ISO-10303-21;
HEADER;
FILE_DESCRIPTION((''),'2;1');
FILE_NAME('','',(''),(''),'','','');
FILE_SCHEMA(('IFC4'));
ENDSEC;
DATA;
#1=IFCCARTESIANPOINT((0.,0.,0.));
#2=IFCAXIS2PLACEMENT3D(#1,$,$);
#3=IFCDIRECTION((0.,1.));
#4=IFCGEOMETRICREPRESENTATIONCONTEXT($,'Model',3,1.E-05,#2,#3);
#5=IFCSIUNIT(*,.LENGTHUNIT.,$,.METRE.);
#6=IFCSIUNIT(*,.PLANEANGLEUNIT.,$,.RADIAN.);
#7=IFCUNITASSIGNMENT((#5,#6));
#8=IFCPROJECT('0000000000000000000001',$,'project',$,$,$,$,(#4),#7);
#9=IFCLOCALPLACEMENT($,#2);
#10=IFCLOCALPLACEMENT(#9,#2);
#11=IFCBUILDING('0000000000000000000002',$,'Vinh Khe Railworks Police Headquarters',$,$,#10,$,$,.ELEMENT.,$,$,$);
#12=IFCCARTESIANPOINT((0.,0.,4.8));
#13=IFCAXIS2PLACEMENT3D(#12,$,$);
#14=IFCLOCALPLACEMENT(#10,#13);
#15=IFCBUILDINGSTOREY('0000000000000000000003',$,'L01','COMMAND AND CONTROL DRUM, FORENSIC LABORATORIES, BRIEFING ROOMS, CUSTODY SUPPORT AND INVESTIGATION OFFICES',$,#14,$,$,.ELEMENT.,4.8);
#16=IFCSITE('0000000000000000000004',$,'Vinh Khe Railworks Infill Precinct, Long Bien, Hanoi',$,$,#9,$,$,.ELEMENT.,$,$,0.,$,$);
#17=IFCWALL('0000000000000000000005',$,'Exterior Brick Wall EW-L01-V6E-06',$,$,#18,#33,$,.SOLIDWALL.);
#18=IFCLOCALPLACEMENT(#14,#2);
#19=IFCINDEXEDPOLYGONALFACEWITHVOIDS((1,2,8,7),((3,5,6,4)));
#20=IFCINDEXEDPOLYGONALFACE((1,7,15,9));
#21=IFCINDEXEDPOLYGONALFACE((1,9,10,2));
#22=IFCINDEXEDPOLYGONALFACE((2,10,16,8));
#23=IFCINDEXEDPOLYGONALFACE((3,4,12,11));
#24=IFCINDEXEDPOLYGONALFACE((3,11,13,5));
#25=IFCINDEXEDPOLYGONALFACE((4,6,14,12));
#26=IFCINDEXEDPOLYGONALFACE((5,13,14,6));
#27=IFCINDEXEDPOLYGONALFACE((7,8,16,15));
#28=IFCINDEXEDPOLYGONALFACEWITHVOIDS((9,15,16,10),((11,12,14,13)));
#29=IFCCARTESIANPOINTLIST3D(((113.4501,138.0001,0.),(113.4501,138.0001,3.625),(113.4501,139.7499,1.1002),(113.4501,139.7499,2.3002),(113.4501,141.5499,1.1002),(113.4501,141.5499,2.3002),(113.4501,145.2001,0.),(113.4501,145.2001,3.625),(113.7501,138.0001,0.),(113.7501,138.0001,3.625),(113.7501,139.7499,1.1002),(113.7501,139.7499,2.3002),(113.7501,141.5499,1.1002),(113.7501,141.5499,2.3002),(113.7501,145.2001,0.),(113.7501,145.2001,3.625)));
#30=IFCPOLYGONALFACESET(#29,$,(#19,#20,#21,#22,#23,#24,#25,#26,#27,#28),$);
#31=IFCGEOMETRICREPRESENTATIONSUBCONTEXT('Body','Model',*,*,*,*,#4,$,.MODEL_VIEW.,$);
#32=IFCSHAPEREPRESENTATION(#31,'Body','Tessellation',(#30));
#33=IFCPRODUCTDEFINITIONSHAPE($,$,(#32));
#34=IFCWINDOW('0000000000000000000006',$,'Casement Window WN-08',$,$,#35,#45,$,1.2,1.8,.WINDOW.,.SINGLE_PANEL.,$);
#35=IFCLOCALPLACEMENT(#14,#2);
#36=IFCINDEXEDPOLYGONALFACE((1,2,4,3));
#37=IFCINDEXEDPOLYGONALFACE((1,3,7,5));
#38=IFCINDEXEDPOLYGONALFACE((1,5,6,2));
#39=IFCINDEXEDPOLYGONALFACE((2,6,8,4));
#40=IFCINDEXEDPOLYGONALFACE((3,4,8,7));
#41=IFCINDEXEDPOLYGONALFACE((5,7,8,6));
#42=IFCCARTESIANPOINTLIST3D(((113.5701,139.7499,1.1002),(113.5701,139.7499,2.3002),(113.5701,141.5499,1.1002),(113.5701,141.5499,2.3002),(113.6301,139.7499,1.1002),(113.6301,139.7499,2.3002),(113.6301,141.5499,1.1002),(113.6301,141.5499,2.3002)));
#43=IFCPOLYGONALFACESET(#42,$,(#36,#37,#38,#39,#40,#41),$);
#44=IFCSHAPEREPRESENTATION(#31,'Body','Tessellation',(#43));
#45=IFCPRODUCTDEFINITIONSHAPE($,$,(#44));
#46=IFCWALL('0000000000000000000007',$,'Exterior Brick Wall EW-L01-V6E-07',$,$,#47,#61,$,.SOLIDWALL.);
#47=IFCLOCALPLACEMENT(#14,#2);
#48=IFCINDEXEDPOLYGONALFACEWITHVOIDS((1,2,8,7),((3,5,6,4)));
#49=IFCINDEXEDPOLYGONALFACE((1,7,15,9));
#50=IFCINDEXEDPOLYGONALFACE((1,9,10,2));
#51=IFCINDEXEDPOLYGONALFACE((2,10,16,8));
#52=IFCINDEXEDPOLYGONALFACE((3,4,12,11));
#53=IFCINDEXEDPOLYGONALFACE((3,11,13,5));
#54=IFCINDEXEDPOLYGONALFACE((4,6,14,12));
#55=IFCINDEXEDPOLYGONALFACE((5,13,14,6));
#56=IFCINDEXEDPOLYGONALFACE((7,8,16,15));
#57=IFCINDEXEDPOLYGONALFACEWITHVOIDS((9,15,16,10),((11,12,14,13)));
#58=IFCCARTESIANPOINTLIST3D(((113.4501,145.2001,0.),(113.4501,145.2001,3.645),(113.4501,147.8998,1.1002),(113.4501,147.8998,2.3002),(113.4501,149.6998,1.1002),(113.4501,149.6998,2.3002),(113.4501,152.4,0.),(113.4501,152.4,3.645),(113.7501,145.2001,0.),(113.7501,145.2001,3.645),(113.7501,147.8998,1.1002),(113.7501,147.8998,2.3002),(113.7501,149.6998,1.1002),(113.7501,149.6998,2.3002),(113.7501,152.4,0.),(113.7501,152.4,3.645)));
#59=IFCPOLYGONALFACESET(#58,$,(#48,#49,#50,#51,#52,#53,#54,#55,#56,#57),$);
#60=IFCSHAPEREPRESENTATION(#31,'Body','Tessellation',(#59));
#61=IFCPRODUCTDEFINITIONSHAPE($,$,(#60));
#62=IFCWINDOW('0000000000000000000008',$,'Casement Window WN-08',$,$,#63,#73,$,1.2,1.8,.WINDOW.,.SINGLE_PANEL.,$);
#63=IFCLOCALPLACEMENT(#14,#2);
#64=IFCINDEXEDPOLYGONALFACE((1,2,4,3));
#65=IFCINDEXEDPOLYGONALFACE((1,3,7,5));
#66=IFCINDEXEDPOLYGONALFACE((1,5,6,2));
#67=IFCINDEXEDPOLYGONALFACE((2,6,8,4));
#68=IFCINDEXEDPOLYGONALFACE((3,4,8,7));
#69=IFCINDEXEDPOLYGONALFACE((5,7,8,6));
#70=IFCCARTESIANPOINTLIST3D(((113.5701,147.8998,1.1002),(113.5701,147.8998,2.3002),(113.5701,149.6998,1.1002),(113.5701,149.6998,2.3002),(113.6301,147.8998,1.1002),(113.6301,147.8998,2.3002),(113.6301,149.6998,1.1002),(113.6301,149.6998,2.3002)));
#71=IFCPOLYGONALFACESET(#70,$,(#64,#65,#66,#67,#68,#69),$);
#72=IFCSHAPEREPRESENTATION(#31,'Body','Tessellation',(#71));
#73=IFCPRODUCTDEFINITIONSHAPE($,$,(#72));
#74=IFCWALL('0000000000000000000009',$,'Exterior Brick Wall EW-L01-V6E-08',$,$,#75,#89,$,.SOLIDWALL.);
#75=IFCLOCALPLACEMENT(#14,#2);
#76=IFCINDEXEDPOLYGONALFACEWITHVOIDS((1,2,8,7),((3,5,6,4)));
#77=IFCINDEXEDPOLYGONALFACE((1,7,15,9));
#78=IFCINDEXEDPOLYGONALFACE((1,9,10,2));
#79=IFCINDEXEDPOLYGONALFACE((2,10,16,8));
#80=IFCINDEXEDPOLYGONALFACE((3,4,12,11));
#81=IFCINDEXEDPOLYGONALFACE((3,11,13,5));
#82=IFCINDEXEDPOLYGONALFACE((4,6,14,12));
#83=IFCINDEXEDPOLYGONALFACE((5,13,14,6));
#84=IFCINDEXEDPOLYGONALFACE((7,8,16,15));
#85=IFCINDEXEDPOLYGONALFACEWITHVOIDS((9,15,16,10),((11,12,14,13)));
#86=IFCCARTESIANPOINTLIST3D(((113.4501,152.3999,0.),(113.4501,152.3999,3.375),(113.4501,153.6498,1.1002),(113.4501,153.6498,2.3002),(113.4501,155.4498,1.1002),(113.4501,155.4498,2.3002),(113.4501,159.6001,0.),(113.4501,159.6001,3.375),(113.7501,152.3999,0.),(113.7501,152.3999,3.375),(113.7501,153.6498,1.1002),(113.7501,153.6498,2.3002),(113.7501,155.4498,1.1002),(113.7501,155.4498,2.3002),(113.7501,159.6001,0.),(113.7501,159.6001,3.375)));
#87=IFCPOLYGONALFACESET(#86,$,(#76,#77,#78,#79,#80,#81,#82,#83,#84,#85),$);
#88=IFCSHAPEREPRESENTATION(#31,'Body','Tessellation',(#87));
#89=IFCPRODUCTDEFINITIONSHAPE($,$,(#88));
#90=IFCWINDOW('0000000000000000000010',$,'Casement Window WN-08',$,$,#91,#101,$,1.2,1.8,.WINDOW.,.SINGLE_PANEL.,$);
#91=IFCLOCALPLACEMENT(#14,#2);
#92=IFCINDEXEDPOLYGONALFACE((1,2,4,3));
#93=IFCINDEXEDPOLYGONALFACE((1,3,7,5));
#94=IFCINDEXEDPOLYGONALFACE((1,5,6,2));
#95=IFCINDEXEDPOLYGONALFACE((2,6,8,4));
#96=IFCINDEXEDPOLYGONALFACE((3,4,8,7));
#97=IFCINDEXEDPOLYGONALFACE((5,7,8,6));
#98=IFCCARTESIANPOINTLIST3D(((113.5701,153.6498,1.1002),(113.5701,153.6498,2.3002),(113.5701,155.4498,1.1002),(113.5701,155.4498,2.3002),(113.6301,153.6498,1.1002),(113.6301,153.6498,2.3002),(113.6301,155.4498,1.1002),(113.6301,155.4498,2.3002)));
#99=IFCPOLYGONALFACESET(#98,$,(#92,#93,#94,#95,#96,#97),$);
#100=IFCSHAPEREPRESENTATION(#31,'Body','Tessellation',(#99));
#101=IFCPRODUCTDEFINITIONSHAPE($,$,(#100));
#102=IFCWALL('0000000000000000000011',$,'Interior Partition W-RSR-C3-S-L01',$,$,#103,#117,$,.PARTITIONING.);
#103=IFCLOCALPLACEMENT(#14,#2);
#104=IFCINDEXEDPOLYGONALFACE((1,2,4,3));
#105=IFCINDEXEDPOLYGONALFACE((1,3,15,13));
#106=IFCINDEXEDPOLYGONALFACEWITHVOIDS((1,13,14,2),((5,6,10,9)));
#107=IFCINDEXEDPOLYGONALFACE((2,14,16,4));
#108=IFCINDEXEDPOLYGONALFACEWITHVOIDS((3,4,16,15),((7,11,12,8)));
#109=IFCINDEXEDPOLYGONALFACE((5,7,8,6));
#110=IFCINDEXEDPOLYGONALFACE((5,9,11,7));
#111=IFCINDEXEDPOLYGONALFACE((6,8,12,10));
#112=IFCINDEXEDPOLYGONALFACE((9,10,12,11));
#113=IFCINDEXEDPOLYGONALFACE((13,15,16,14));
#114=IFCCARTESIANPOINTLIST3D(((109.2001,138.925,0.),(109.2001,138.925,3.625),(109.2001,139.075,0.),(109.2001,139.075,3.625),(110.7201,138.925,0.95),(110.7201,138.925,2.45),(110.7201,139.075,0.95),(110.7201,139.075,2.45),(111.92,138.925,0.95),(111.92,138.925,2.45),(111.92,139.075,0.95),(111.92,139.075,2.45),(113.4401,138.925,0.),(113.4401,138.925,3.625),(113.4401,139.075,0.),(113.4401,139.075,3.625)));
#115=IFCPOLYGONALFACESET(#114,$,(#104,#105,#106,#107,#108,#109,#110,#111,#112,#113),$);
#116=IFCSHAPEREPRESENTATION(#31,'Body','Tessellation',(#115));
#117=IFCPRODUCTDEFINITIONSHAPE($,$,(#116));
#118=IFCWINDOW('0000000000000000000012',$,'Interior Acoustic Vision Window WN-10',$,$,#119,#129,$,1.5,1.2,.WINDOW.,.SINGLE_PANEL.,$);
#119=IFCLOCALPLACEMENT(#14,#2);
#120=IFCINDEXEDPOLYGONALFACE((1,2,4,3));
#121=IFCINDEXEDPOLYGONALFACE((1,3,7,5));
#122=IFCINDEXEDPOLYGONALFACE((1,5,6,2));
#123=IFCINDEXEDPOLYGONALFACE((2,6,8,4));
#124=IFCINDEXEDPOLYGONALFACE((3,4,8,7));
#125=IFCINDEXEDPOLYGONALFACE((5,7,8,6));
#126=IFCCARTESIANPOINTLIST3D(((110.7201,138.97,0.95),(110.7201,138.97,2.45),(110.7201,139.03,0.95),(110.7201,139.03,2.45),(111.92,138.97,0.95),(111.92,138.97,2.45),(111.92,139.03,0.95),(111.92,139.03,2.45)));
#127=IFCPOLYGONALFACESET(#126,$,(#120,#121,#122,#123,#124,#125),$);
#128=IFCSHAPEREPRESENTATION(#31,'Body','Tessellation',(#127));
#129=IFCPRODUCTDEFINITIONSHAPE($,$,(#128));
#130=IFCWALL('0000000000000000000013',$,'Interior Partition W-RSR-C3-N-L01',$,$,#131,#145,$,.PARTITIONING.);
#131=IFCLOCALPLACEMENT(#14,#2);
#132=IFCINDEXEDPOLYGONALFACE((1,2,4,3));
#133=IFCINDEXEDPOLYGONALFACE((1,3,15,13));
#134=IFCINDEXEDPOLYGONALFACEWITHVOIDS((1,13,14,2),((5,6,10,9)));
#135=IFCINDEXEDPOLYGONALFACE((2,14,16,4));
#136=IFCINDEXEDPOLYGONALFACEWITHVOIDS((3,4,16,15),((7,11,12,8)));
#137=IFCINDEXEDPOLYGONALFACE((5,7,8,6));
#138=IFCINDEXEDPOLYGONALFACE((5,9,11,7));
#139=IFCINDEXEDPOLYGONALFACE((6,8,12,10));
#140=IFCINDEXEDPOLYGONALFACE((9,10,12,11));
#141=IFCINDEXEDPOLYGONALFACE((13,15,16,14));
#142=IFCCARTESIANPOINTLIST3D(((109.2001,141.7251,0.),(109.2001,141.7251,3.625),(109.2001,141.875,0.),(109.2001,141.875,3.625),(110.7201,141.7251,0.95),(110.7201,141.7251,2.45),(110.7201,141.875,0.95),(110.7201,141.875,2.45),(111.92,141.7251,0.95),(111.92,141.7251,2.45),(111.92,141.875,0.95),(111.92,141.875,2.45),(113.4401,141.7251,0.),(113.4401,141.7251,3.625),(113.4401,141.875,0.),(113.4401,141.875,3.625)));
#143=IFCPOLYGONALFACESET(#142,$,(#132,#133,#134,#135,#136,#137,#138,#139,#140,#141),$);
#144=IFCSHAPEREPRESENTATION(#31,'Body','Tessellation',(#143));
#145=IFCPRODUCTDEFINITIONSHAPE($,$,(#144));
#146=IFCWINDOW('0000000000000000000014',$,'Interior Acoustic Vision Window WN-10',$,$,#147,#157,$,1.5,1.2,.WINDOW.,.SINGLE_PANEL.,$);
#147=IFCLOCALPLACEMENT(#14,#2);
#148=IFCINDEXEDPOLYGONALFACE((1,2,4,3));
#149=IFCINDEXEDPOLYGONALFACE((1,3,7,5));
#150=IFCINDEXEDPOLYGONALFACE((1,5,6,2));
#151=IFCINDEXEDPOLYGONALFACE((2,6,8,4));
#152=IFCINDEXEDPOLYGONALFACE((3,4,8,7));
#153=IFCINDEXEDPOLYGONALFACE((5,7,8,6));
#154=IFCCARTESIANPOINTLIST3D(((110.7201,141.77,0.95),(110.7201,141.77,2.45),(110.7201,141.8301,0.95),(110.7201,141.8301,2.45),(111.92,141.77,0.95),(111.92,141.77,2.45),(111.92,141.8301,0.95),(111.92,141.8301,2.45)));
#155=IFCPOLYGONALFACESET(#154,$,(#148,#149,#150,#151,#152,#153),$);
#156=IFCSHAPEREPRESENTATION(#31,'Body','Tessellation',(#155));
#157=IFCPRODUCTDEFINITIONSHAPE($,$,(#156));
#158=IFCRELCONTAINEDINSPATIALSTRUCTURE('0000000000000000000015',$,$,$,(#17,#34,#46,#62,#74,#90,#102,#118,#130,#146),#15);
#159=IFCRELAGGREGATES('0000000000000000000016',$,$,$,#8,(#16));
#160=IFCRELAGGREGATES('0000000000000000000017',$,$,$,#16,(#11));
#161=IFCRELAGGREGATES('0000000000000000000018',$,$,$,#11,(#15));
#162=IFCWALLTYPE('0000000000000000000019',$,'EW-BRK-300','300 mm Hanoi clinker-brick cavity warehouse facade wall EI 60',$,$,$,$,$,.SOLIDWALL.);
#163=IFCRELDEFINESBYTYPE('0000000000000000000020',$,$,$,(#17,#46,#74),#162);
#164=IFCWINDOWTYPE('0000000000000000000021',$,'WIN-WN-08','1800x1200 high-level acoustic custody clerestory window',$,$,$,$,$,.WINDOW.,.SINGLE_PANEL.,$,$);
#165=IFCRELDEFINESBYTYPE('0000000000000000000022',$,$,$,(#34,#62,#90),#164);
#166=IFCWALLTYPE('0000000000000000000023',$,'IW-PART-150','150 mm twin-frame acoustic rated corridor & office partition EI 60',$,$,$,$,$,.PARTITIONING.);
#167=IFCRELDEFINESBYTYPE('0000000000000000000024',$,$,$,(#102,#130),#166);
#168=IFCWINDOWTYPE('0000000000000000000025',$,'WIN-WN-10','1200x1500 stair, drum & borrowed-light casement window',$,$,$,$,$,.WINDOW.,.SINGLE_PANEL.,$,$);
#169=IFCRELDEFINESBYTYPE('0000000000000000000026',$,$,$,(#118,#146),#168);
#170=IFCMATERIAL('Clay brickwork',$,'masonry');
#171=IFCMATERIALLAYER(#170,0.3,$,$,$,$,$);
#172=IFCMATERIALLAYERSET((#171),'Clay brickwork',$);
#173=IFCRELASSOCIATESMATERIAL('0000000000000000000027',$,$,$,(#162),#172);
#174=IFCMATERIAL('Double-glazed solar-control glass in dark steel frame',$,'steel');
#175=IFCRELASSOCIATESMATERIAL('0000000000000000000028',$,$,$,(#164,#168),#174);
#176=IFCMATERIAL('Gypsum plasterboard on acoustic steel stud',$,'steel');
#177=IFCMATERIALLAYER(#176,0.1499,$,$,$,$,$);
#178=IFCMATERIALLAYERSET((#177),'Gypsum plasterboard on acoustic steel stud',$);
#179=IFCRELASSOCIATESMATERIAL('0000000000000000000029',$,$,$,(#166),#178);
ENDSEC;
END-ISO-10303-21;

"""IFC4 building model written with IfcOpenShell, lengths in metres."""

from ifc_helpers import new_model, si_unit, direction, frame, frame_2d, origin, place, context, subcontext, project, spatial, rectangle, extrude, material, layer, layer_set, type_object, element, fill, save


model = new_model("IFC4")

# Units and contexts
model_context = context("Model", 3, precision=1e-05, world=origin(), true_north=direction((0.0, 1.0)))
body_context = subcontext(model_context, "Body", "Model", "MODEL_VIEW")
ifc_project = project(units=[si_unit("LENGTHUNIT", "METRE"), si_unit("PLANEANGLEUNIT", "RADIAN")], contexts=[model_context])

# Site, building, storey
site_placement = place(None, origin())
site = spatial("IfcSite", under=ifc_project, at=site_placement, Name="Vinh Khe Railworks Infill Precinct, Long Bien, Hanoi", CompositionType="ELEMENT", RefElevation=0.0)
building_placement = place(site_placement, origin())
building = spatial("IfcBuilding", under=site, at=building_placement, Name="Vinh Khe Railworks Police Headquarters", CompositionType="ELEMENT")
storey_placement = place(building_placement, frame((0.0, 0.0, 4.8)))
storey = spatial("IfcBuildingStorey", under=building, at=storey_placement, Name="L01", Description="COMMAND AND CONTROL DRUM, FORENSIC LABORATORIES, BRIEFING ROOMS, CUSTODY SUPPORT AND INVESTIGATION OFFICES", CompositionType="ELEMENT", Elevation=4.8)

# Walls, openings, windows
ifc_material_1 = material(Name="Clay brickwork", Category="masonry")
ifc_layer_1 = layer(ifc_material_1, 0.3)
ifc_layer_set_1 = layer_set([ifc_layer_1], Name="Clay brickwork")
wall_type_1 = type_object("IfcWallType", Name="EW-BRK-300", Description="300 mm Hanoi clinker-brick cavity warehouse facade wall EI 60", PredefinedType="SOLIDWALL", material=ifc_layer_set_1)
wall_1_placement = place(storey_placement, frame((113.6001, 138.0, 0.0), z_axis=(0.0, 0.0, 1.0), x_axis=(0.0, 1.0, 0.0)))
wall_1 = element("IfcWall", 1, at=wall_1_placement, inside=storey, type_object=wall_type_1, Name="Exterior Brick Wall EW-L01-V6E-06", PredefinedType="SOLIDWALL", context=body_context, shape_type="SweptSolid", body=[
    extrude(rectangle(XDim=7.2, YDim=0.3, at=frame_2d((3.6001, 0.0))), origin(), (0.0, 0.0, 1.0), 3.625),
])
opening_1_placement = place(wall_1_placement, frame((1.75, 0.0, 1.1001)))
opening_1 = element("IfcOpeningElement", 2, at=opening_1_placement, cuts=wall_1, PredefinedType="OPENING", context=body_context, shape_type="SweptSolid", body=[
    extrude(rectangle(XDim=1.8, YDim=1.2, at=frame_2d((0.8999, 0.6001))), frame((0.0, 0.165, 0.0), z_axis=(0.0, -1.0, 0.0), x_axis=(1.0, 0.0, 0.0)), (0.0, 0.0, 1.0), 0.3298),
])
ifc_material_2 = material(Name="Double-glazed solar-control glass in dark steel frame", Category="steel")
window_type_1 = type_object("IfcWindowType", Name="WIN-WN-08", Description="1800x1200 high-level acoustic custody clerestory window", PartitioningType="SINGLE_PANEL", PredefinedType="WINDOW", material=ifc_material_2)
window_1_placement = place(opening_1_placement, origin())
window_1 = element("IfcWindow", 3, at=window_1_placement, inside=storey, type_object=window_type_1, Name="Casement Window WN-08", OverallHeight=1.2, OverallWidth=1.8, PartitioningType="SINGLE_PANEL", PredefinedType="WINDOW", context=body_context, shape_type="SweptSolid", body=[
    extrude(rectangle(XDim=1.8, YDim=1.2, at=frame_2d((0.8999, 0.6001))), frame((0.0, 0.03, 0.0), z_axis=(0.0, -1.0, 0.0), x_axis=(1.0, 0.0, 0.0)), (0.0, 0.0, 1.0), 0.0601),
])
fill(opening_1, window_1)
wall_2_placement = place(storey_placement, frame((113.6001, 145.2, 0.0), z_axis=(0.0, 0.0, 1.0), x_axis=(0.0, 1.0, 0.0)))
wall_2 = element("IfcWall", 4, at=wall_2_placement, inside=storey, type_object=wall_type_1, Name="Exterior Brick Wall EW-L01-V6E-07", PredefinedType="SOLIDWALL", context=body_context, shape_type="SweptSolid", body=[
    extrude(rectangle(XDim=7.2, YDim=0.3, at=frame_2d((3.6001, 0.0))), origin(), (0.0, 0.0, 1.0), 3.645),
])
opening_2_placement = place(wall_2_placement, frame((2.7, 0.0, 1.1001)))
opening_2 = element("IfcOpeningElement", 5, at=opening_2_placement, cuts=wall_2, PredefinedType="OPENING", context=body_context, shape_type="SweptSolid", body=[
    extrude(rectangle(XDim=1.8, YDim=1.2, at=frame_2d((0.8999, 0.6001))), frame((0.0, 0.165, 0.0), z_axis=(0.0, -1.0, 0.0), x_axis=(1.0, 0.0, 0.0)), (0.0, 0.0, 1.0), 0.3298),
])
window_2_placement = place(opening_2_placement, origin())
window_2 = element("IfcWindow", 6, at=window_2_placement, inside=storey, type_object=window_type_1, Name="Casement Window WN-08", OverallHeight=1.2, OverallWidth=1.8, PartitioningType="SINGLE_PANEL", PredefinedType="WINDOW", context=body_context, shape_type="SweptSolid", body=[
    extrude(rectangle(XDim=1.8, YDim=1.2, at=frame_2d((0.8999, 0.6001))), frame((0.0, 0.03, 0.0), z_axis=(0.0, -1.0, 0.0), x_axis=(1.0, 0.0, 0.0)), (0.0, 0.0, 1.0), 0.0601),
])
fill(opening_2, window_2)
wall_3_placement = place(storey_placement, frame((113.6001, 152.3999, 0.0), z_axis=(0.0, 0.0, 1.0), x_axis=(0.0, 1.0, 0.0)))
wall_3 = element("IfcWall", 7, at=wall_3_placement, inside=storey, type_object=wall_type_1, Name="Exterior Brick Wall EW-L01-V6E-08", PredefinedType="SOLIDWALL", context=body_context, shape_type="SweptSolid", body=[
    extrude(rectangle(XDim=7.2002, YDim=0.3, at=frame_2d((3.6001, 0.0))), origin(), (0.0, 0.0, 1.0), 3.375),
])
opening_3_placement = place(wall_3_placement, frame((1.25, 0.0, 1.1001)))
opening_3 = element("IfcOpeningElement", 8, at=opening_3_placement, cuts=wall_3, PredefinedType="OPENING", context=body_context, shape_type="SweptSolid", body=[
    extrude(rectangle(XDim=1.8, YDim=1.2, at=frame_2d((0.8999, 0.6001))), frame((0.0, 0.165, 0.0), z_axis=(0.0, -1.0, 0.0), x_axis=(1.0, 0.0, 0.0)), (0.0, 0.0, 1.0), 0.3298),
])
window_3_placement = place(opening_3_placement, origin())
window_3 = element("IfcWindow", 9, at=window_3_placement, inside=storey, type_object=window_type_1, Name="Casement Window WN-08", OverallHeight=1.2, OverallWidth=1.8, PartitioningType="SINGLE_PANEL", PredefinedType="WINDOW", context=body_context, shape_type="SweptSolid", body=[
    extrude(rectangle(XDim=1.8, YDim=1.2, at=frame_2d((0.8999, 0.6001))), frame((0.0, 0.03, 0.0), z_axis=(0.0, -1.0, 0.0), x_axis=(1.0, 0.0, 0.0)), (0.0, 0.0, 1.0), 0.0601),
])
fill(opening_3, window_3)
ifc_material_3 = material(Name="Gypsum plasterboard on acoustic steel stud", Category="steel")
ifc_layer_2 = layer(ifc_material_3, 0.1499)
ifc_layer_set_2 = layer_set([ifc_layer_2], Name="Gypsum plasterboard on acoustic steel stud")
wall_type_2 = type_object("IfcWallType", Name="IW-PART-150", Description="150 mm twin-frame acoustic rated corridor & office partition EI 60", PredefinedType="PARTITIONING", material=ifc_layer_set_2)
wall_4_placement = place(storey_placement, frame((109.2, 139.0, 0.0), z_axis=(0.0, 0.0, 1.0), x_axis=(1.0, 0.0, 0.0)))
wall_4 = element("IfcWall", 10, at=wall_4_placement, inside=storey, type_object=wall_type_2, Name="Interior Partition W-RSR-C3-S-L01", PredefinedType="PARTITIONING", context=body_context, shape_type="SweptSolid", body=[
    extrude(rectangle(XDim=4.24, YDim=0.1499, at=frame_2d((2.1201, 0.0))), origin(), (0.0, 0.0, 1.0), 3.625),
])
opening_4_placement = place(wall_4_placement, frame((1.52, 0.0, 0.95)))
opening_4 = element("IfcOpeningElement", 11, at=opening_4_placement, cuts=wall_4, PredefinedType="OPENING", context=body_context, shape_type="SweptSolid", body=[
    extrude(rectangle(XDim=1.2, YDim=1.5, at=frame_2d((0.6001, 0.75))), frame((0.0, 0.0898, 0.0), z_axis=(0.0, -1.0, 0.0), x_axis=(1.0, 0.0, 0.0)), (0.0, 0.0, 1.0), 0.1797),
])
window_type_2 = type_object("IfcWindowType", Name="WIN-WN-10", Description="1200x1500 stair, drum & borrowed-light casement window", PartitioningType="SINGLE_PANEL", PredefinedType="WINDOW", material=ifc_material_2)
window_4_placement = place(opening_4_placement, origin())
window_4 = element("IfcWindow", 12, at=window_4_placement, inside=storey, type_object=window_type_2, Name="Interior Acoustic Vision Window WN-10", OverallHeight=1.5, OverallWidth=1.2, PartitioningType="SINGLE_PANEL", PredefinedType="WINDOW", context=body_context, shape_type="SweptSolid", body=[
    extrude(rectangle(XDim=1.2, YDim=1.5, at=frame_2d((0.6001, 0.75))), frame((0.0, 0.03, 0.0), z_axis=(0.0, -1.0, 0.0), x_axis=(1.0, 0.0, 0.0)), (0.0, 0.0, 1.0), 0.0601),
])
fill(opening_4, window_4)
wall_5_placement = place(storey_placement, frame((109.2, 141.8, 0.0), z_axis=(0.0, 0.0, 1.0), x_axis=(1.0, 0.0, 0.0)))
wall_5 = element("IfcWall", 13, at=wall_5_placement, inside=storey, type_object=wall_type_2, Name="Interior Partition W-RSR-C3-N-L01", PredefinedType="PARTITIONING", context=body_context, shape_type="SweptSolid", body=[
    extrude(rectangle(XDim=4.24, YDim=0.1499, at=frame_2d((2.1201, 0.0))), origin(), (0.0, 0.0, 1.0), 3.625),
])
opening_5_placement = place(wall_5_placement, frame((1.52, 0.0, 0.95)))
opening_5 = element("IfcOpeningElement", 14, at=opening_5_placement, cuts=wall_5, PredefinedType="OPENING", context=body_context, shape_type="SweptSolid", body=[
    extrude(rectangle(XDim=1.2, YDim=1.5, at=frame_2d((0.6001, 0.75))), frame((0.0, 0.0898, 0.0), z_axis=(0.0, -1.0, 0.0), x_axis=(1.0, 0.0, 0.0)), (0.0, 0.0, 1.0), 0.1797),
])
window_5_placement = place(opening_5_placement, origin())
window_5 = element("IfcWindow", 15, at=window_5_placement, inside=storey, type_object=window_type_2, Name="Interior Acoustic Vision Window WN-10", OverallHeight=1.5, OverallWidth=1.2, PartitioningType="SINGLE_PANEL", PredefinedType="WINDOW", context=body_context, shape_type="SweptSolid", body=[
    extrude(rectangle(XDim=1.2, YDim=1.5, at=frame_2d((0.6001, 0.75))), frame((0.0, 0.03, 0.0), z_axis=(0.0, -1.0, 0.0), x_axis=(1.0, 0.0, 0.0)), (0.0, 0.0, 1.0), 0.0601),
])
fill(opening_5, window_5)

save(model, "model.ifc")
